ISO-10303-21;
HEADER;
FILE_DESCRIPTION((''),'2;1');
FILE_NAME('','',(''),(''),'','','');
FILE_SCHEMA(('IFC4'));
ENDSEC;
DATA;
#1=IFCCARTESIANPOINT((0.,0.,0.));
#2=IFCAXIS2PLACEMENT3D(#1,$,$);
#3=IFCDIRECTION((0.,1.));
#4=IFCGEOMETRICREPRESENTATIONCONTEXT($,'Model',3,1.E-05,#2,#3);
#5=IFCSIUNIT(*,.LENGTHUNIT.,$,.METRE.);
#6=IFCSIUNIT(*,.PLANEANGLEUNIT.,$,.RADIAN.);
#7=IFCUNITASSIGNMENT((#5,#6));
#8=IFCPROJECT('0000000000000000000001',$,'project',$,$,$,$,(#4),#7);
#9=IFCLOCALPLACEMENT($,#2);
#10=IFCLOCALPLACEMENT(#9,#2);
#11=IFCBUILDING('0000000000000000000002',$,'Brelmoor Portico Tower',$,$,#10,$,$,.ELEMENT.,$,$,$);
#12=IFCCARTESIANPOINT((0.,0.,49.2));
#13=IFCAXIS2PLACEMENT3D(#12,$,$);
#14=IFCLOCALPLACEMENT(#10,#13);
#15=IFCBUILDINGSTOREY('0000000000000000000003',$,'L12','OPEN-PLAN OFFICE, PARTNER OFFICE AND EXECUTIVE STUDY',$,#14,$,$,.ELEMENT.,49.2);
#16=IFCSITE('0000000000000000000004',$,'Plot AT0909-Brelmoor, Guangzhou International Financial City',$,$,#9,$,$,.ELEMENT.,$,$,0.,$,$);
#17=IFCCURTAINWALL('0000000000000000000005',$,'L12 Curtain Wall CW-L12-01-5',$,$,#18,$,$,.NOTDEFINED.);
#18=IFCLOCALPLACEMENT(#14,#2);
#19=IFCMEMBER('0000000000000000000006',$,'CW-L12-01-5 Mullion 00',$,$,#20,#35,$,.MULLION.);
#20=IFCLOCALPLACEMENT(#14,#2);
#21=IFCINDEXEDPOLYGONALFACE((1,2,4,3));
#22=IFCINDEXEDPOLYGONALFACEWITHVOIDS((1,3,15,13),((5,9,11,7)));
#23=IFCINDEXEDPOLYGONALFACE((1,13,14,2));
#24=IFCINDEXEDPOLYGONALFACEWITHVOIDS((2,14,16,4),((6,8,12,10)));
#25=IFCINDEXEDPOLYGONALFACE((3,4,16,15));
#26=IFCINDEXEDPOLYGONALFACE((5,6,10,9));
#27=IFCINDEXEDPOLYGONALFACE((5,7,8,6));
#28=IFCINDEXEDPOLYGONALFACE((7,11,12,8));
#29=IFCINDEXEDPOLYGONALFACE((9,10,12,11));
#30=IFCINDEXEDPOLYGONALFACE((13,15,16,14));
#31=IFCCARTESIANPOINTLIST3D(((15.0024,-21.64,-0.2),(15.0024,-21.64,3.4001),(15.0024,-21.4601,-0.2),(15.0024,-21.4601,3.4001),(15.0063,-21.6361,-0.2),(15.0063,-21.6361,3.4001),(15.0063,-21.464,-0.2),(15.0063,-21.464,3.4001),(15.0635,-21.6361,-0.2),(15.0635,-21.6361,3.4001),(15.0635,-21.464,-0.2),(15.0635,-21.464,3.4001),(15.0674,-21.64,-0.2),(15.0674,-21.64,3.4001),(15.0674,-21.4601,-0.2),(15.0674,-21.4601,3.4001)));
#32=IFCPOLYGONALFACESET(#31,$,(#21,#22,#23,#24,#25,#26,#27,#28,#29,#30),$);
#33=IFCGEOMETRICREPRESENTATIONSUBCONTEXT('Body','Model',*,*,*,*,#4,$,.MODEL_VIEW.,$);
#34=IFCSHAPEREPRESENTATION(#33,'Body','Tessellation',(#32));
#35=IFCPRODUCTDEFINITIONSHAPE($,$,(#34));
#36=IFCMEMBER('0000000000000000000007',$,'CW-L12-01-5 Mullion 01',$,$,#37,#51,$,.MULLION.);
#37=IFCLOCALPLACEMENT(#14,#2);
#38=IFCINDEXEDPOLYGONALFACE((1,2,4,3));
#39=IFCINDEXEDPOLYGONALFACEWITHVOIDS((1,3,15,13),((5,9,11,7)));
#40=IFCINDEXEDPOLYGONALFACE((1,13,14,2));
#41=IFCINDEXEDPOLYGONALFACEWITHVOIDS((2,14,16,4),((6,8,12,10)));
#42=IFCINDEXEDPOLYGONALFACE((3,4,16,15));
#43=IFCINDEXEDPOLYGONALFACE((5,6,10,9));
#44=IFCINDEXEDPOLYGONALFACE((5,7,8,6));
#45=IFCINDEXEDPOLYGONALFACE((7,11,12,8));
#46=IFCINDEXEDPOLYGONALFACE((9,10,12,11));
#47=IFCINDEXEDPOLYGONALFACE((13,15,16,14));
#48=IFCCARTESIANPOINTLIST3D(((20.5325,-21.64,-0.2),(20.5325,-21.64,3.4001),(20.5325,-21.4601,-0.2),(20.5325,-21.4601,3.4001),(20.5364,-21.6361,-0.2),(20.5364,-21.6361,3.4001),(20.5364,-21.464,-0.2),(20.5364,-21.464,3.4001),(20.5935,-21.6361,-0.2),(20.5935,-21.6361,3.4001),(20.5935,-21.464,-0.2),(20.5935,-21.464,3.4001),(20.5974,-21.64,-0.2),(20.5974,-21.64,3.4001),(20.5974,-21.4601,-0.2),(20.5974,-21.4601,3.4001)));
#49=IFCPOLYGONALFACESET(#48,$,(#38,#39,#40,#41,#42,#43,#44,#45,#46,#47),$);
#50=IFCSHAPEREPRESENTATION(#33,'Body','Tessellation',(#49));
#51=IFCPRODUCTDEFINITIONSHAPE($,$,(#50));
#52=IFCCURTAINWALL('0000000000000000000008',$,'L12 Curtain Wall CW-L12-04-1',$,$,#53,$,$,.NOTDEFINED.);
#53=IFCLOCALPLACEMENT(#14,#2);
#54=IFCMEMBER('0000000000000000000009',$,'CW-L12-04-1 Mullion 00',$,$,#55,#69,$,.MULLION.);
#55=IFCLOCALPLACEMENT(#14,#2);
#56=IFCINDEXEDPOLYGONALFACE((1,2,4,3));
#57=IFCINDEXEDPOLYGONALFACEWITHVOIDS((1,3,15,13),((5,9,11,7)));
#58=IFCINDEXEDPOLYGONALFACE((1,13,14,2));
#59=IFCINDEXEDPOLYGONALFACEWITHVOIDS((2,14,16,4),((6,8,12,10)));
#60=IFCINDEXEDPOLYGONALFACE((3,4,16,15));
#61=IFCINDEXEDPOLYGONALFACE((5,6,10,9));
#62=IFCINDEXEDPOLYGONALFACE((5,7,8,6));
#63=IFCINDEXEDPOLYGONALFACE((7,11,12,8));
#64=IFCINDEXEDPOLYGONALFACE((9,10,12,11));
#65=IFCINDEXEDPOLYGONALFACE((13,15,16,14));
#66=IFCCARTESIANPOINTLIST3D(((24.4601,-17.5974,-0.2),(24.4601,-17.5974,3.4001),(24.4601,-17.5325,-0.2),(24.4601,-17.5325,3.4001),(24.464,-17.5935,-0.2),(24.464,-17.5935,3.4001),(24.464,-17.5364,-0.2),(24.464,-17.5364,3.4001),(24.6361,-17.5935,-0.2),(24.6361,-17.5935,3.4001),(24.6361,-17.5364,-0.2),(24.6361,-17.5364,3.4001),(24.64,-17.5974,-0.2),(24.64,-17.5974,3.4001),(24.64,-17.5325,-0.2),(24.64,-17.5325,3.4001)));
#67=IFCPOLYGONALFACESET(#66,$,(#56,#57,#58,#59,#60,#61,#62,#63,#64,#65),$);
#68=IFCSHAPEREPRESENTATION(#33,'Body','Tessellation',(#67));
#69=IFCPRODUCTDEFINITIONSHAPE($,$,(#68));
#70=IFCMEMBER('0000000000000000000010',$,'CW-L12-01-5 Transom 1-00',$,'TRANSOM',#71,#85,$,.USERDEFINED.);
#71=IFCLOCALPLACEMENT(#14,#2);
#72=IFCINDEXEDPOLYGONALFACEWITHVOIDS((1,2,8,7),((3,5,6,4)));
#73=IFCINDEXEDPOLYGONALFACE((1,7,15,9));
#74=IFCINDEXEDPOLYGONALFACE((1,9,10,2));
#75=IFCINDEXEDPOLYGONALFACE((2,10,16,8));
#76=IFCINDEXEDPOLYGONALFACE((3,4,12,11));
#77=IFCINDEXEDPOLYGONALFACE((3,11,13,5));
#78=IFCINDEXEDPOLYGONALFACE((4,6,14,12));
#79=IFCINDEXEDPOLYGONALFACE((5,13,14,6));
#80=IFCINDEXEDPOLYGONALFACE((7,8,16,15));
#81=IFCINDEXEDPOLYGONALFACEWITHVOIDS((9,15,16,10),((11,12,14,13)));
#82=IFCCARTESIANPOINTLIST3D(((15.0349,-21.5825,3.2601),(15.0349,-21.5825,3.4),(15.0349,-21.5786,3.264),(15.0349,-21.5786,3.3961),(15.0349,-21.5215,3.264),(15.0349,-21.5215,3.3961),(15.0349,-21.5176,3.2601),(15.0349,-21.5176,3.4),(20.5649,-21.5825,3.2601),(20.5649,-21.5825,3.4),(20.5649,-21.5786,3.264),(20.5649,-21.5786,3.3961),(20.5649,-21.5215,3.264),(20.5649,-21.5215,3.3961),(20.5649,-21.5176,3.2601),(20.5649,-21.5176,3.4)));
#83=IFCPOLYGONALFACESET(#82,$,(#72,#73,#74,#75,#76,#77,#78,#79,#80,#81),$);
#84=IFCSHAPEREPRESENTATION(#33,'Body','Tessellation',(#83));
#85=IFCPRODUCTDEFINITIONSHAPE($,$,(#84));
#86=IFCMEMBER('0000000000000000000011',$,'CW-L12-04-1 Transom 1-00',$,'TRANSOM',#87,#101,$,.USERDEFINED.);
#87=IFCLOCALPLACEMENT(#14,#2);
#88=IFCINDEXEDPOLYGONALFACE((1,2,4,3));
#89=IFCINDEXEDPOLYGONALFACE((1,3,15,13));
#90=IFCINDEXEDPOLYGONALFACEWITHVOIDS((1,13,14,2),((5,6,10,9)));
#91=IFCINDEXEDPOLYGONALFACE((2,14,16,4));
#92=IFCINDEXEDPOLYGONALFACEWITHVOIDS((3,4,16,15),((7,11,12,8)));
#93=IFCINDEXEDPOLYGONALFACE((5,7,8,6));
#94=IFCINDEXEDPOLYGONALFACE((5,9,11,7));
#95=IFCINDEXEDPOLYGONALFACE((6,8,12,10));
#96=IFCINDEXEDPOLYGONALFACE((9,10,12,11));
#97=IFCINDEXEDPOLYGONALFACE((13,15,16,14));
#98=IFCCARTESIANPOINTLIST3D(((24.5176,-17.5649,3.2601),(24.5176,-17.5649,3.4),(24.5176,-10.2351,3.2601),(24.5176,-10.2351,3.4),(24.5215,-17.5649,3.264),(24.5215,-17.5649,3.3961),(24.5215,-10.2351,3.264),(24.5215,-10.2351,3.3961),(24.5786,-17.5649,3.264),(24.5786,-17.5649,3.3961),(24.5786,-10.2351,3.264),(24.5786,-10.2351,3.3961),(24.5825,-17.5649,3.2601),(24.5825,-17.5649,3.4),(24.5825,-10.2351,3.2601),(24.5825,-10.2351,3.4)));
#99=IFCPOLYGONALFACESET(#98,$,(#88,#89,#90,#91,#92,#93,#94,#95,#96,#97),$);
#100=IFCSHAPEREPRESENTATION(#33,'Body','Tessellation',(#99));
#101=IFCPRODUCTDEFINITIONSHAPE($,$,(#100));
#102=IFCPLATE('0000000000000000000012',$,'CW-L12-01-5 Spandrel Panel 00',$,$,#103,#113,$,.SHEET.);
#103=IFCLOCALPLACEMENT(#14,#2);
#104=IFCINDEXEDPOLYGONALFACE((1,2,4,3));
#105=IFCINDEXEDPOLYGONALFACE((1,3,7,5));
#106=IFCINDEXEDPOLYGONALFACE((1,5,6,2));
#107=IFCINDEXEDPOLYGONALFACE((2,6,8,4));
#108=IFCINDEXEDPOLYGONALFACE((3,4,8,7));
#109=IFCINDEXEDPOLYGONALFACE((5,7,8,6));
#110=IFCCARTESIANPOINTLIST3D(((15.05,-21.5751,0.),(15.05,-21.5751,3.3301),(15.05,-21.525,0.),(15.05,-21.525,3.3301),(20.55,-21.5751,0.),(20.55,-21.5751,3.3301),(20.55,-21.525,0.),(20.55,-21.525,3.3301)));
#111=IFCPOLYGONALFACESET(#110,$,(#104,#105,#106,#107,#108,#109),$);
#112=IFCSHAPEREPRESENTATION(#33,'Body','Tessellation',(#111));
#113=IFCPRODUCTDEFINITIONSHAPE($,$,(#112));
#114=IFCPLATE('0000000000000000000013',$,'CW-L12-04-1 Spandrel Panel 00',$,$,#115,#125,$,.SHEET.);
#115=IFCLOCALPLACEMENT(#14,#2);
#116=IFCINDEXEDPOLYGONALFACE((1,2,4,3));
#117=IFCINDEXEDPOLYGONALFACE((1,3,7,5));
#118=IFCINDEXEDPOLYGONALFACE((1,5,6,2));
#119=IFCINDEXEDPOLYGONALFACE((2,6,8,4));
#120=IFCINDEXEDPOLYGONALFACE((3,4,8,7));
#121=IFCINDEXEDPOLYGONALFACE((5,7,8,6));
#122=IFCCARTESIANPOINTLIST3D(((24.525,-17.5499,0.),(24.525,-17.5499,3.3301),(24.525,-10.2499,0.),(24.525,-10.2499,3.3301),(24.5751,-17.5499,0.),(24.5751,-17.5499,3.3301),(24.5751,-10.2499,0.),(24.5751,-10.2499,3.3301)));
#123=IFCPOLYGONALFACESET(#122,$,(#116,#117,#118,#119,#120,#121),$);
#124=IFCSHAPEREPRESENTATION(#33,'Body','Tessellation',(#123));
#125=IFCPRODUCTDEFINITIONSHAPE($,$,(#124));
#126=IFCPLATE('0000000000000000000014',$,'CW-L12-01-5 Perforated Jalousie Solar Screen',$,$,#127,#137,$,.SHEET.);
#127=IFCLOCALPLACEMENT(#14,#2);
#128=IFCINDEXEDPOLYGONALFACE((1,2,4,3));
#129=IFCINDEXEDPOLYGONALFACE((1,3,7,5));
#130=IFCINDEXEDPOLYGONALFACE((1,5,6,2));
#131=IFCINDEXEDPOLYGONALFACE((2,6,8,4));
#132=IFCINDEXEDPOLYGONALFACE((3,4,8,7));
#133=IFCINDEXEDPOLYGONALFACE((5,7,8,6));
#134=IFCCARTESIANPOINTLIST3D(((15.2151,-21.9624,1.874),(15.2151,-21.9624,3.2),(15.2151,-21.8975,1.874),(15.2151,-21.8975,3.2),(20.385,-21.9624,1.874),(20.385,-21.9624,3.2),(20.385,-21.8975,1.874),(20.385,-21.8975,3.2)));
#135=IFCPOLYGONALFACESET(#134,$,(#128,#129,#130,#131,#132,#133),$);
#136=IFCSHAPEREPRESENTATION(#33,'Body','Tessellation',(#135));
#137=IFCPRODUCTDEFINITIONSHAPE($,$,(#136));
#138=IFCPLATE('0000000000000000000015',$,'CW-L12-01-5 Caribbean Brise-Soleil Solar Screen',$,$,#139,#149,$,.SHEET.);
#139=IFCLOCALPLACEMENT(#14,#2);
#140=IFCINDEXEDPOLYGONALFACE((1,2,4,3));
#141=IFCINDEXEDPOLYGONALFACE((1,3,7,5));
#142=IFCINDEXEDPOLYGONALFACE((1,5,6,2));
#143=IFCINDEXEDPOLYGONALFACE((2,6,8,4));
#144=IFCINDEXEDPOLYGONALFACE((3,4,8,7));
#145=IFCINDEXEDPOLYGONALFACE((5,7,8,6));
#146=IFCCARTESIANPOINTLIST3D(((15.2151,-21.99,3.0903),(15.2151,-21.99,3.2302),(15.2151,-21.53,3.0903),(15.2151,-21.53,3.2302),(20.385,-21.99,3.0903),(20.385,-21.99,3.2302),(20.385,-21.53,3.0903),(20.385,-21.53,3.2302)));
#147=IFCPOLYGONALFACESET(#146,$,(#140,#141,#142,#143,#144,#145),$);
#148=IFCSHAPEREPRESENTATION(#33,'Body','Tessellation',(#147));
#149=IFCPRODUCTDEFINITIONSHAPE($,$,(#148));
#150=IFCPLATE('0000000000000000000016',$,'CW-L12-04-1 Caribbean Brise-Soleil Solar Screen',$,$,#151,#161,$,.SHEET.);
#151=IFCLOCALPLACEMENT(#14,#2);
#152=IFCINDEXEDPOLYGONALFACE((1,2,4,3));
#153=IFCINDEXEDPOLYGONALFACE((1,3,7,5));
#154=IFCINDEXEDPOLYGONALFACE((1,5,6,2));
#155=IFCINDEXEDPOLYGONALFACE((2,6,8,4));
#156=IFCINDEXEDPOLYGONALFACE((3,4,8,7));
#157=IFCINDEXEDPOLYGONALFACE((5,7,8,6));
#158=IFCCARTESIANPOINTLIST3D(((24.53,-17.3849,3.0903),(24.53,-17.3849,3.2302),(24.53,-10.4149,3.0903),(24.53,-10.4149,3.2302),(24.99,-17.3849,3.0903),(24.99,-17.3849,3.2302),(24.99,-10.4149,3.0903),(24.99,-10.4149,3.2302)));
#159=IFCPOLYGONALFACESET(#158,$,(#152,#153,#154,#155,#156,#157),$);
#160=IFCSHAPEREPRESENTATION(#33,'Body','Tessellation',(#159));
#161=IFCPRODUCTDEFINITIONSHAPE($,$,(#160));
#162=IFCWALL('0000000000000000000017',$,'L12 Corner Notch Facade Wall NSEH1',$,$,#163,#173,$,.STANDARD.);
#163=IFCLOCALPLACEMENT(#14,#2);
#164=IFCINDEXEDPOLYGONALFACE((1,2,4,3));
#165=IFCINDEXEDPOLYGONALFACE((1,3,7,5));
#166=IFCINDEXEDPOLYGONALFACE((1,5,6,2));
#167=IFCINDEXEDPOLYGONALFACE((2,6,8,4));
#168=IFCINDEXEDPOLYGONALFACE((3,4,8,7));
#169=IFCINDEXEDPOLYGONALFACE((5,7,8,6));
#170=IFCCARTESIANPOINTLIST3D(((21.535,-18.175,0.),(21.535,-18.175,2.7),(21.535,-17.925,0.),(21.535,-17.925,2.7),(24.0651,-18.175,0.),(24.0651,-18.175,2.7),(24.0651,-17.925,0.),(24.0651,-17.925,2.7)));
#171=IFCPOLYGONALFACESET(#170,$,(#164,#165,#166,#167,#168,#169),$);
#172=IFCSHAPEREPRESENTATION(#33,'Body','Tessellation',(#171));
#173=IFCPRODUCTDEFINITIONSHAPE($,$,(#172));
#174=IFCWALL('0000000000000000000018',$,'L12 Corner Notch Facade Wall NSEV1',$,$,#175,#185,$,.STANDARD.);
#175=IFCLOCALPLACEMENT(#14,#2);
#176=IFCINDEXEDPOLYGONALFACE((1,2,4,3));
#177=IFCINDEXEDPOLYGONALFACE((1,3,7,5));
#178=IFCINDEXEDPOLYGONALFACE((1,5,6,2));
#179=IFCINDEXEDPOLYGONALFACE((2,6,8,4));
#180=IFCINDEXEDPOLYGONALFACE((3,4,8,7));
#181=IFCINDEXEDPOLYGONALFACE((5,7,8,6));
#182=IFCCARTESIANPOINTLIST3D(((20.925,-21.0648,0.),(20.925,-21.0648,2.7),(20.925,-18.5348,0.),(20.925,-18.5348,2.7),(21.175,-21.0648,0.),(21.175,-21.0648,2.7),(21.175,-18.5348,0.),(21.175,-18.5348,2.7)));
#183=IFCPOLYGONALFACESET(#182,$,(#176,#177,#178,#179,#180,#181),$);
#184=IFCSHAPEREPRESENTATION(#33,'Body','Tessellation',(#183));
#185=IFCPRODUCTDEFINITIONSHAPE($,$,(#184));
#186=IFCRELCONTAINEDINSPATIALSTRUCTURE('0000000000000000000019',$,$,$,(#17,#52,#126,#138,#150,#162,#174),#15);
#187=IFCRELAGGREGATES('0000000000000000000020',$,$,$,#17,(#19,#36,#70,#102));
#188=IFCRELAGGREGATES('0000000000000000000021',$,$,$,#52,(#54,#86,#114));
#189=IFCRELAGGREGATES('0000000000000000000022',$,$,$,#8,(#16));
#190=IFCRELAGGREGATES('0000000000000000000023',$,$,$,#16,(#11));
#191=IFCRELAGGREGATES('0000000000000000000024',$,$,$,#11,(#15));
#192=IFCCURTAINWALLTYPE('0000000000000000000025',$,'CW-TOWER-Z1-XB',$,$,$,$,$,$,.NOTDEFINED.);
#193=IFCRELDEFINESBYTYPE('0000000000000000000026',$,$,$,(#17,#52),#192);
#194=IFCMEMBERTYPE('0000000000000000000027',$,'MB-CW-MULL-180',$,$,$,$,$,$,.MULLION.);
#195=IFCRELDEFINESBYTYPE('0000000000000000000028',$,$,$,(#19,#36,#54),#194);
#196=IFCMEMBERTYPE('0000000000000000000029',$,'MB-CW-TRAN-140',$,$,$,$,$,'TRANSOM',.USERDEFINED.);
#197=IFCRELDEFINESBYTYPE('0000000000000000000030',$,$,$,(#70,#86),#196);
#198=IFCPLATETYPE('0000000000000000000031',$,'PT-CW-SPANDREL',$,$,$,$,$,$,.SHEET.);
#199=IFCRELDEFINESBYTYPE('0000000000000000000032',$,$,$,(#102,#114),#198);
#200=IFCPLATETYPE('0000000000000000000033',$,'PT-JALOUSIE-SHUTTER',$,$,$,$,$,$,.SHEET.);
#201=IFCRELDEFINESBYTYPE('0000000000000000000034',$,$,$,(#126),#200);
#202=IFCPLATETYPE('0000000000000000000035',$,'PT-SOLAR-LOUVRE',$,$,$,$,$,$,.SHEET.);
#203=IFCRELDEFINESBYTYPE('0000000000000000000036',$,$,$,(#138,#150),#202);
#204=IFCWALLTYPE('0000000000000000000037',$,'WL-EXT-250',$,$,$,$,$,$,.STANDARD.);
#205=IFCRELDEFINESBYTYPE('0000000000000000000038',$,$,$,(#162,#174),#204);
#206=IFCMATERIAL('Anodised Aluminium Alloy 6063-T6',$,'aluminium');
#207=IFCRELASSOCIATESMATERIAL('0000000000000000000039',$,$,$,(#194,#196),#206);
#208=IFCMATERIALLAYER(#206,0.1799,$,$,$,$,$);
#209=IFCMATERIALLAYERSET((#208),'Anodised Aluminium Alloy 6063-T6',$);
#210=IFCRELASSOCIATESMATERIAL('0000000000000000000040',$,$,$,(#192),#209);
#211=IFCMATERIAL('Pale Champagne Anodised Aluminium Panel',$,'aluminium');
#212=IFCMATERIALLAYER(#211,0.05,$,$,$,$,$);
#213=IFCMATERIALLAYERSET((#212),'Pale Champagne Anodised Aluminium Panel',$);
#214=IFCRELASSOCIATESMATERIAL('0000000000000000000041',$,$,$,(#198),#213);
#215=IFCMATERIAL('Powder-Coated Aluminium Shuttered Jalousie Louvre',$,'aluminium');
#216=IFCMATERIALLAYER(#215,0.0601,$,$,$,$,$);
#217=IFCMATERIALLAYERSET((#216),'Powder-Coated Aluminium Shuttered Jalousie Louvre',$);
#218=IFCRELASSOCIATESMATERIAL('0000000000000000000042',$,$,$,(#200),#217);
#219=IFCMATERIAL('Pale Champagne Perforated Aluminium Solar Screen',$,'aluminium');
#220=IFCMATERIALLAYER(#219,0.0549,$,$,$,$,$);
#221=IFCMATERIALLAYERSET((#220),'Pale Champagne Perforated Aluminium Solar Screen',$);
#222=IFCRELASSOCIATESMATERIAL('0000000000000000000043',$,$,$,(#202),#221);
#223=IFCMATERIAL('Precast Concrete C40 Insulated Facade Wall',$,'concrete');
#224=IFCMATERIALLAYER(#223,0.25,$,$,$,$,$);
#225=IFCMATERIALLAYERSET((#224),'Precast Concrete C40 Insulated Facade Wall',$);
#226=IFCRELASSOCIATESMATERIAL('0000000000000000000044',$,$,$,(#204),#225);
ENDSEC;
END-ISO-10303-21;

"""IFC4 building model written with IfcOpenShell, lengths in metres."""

from ifc_helpers import new_model, si_unit, direction, frame, frame_2d, origin, origin_2d, place, context, subcontext, project, spatial, rectangle, hollow_rectangle, extrude, material, layer, layer_set, material_profile, profile_set, type_object, element, aggregate, save


model = new_model("IFC4")

# Units and contexts
model_context = context("Model", 3, precision=1e-05, world=origin(), true_north=direction((0.0, 1.0)))
body_context = subcontext(model_context, "Body", "Model", "MODEL_VIEW")
ifc_project = project(units=[si_unit("LENGTHUNIT", "METRE"), si_unit("PLANEANGLEUNIT", "RADIAN")], contexts=[model_context])

# Site, building, storey
site_placement = place(None, origin())
site = spatial("IfcSite", under=ifc_project, at=site_placement, Name="Plot AT0909-Brelmoor, Guangzhou International Financial City", CompositionType="ELEMENT", RefElevation=0.0)
building_placement = place(site_placement, origin())
building = spatial("IfcBuilding", under=site, at=building_placement, Name="Brelmoor Portico Tower", CompositionType="ELEMENT")
storey_placement = place(building_placement, frame((0.0, 0.0, 49.2)))
storey = spatial("IfcBuildingStorey", under=building, at=storey_placement, Name="L12", Description="OPEN-PLAN OFFICE, PARTNER OFFICE AND EXECUTIVE STUDY", CompositionType="ELEMENT", Elevation=49.2)

# Shared definitions
ifc_material_1 = material(Name="Anodised Aluminium Alloy 6063-T6", Category="aluminium")
ifc_material_profile_1 = material_profile(ifc_material_1, hollow_rectangle(XDim=0.0649, YDim=0.1799, WallThickness=0.0039, at=origin_2d()), Name="ALU MULLION 65x180")
ifc_profile_set_1 = profile_set([ifc_material_profile_1], Name="Anodised Aluminium Alloy 6063-T6")
member_type_1 = type_object("IfcMemberType", Name="MB-CW-MULL-180", PredefinedType="MULLION", material=ifc_profile_set_1)

# Curtain wall, members
ifc_layer_1 = layer(ifc_material_1, 0.1799)
ifc_layer_set_1 = layer_set([ifc_layer_1], Name="Anodised Aluminium Alloy 6063-T6")
curtain_wall_type_1 = type_object("IfcCurtainWallType", Name="CW-TOWER-Z1-XB", PredefinedType="NOTDEFINED", material=ifc_layer_set_1)
curtain_wall_1_placement = place(storey_placement, origin())
curtain_wall_1 = element("IfcCurtainWall", 1, at=curtain_wall_1_placement, inside=storey, type_object=curtain_wall_type_1, Name="L12 Curtain Wall CW-L12-01-5", PredefinedType="NOTDEFINED")
member_1_placement = place(storey_placement, frame((15.0349, -21.55, -0.2), z_axis=(0.0, 0.0, 1.0), x_axis=(1.0, 0.0, 0.0)))
member_1 = element("IfcMember", 2, at=member_1_placement, type_object=member_type_1, Name="CW-L12-01-5 Mullion 00", PredefinedType="MULLION", context=body_context, shape_type="SweptSolid", body=[
    extrude(hollow_rectangle(XDim=0.0649, YDim=0.1799, WallThickness=0.0039, at=origin_2d()), origin(), (0.0, 0.0, 1.0), 3.6001),
])
member_2_placement = place(storey_placement, frame((20.5649, -21.55, -0.2), z_axis=(0.0, 0.0, 1.0), x_axis=(1.0, 0.0, 0.0)))
member_2 = element("IfcMember", 3, at=member_2_placement, type_object=member_type_1, Name="CW-L12-01-5 Mullion 01", PredefinedType="MULLION", context=body_context, shape_type="SweptSolid", body=[
    extrude(hollow_rectangle(XDim=0.0649, YDim=0.1799, WallThickness=0.0039, at=origin_2d()), origin(), (0.0, 0.0, 1.0), 3.6001),
])

# Curtain wall, member
curtain_wall_2_placement = place(storey_placement, origin())
curtain_wall_2 = element("IfcCurtainWall", 4, at=curtain_wall_2_placement, inside=storey, type_object=curtain_wall_type_1, Name="L12 Curtain Wall CW-L12-04-1", PredefinedType="NOTDEFINED")
member_3_placement = place(storey_placement, frame((24.55, -17.5649, -0.2), z_axis=(0.0, 0.0, 1.0), x_axis=(0.0, 1.0, 0.0)))
member_3 = element("IfcMember", 5, at=member_3_placement, type_object=member_type_1, Name="CW-L12-04-1 Mullion 00", PredefinedType="MULLION", context=body_context, shape_type="SweptSolid", body=[
    extrude(hollow_rectangle(XDim=0.0649, YDim=0.1799, WallThickness=0.0039, at=origin_2d()), origin(), (0.0, 0.0, 1.0), 3.6001),
])

# Members
ifc_material_profile_2 = material_profile(ifc_material_1, hollow_rectangle(XDim=0.0649, YDim=0.1399, WallThickness=0.0039, at=origin_2d()), Name="ALU TRANSOM 65x140")
ifc_profile_set_2 = profile_set([ifc_material_profile_2], Name="Anodised Aluminium Alloy 6063-T6")
member_type_2 = type_object("IfcMemberType", Name="MB-CW-TRAN-140", ElementType="TRANSOM", PredefinedType="USERDEFINED", material=ifc_profile_set_2)
member_4_placement = place(storey_placement, frame((15.0349, -21.55, 3.3301), z_axis=(1.0, 0.0, 0.0), x_axis=(0.0, 1.0, 0.0)))
member_4 = element("IfcMember", 6, at=member_4_placement, type_object=member_type_2, Name="CW-L12-01-5 Transom 1-00", ObjectType="TRANSOM", PredefinedType="USERDEFINED", context=body_context, shape_type="SweptSolid", body=[
    extrude(hollow_rectangle(XDim=0.0649, YDim=0.1399, WallThickness=0.0039, at=origin_2d()), origin(), (0.0, 0.0, 1.0), 5.53),
])
member_5_placement = place(storey_placement, frame((24.55, -17.5649, 3.3301), z_axis=(0.0, 1.0, 0.0), x_axis=(-1.0, 0.0, 0.0)))
member_5 = element("IfcMember", 7, at=member_5_placement, type_object=member_type_2, Name="CW-L12-04-1 Transom 1-00", ObjectType="TRANSOM", PredefinedType="USERDEFINED", context=body_context, shape_type="SweptSolid", body=[
    extrude(hollow_rectangle(XDim=0.0649, YDim=0.1399, WallThickness=0.0039, at=origin_2d()), origin(), (0.0, 0.0, 1.0), 7.3298),
])

# Plates
ifc_material_2 = material(Name="Pale Champagne Anodised Aluminium Panel", Category="aluminium")
ifc_layer_2 = layer(ifc_material_2, 0.05)
ifc_layer_set_2 = layer_set([ifc_layer_2], Name="Pale Champagne Anodised Aluminium Panel")
plate_type_1 = type_object("IfcPlateType", Name="PT-CW-SPANDREL", PredefinedType="SHEET", material=ifc_layer_set_2)
plate_1_placement = place(storey_placement, frame((17.8, -21.55, 0.0), z_axis=(0.0, 0.0, 1.0), x_axis=(1.0, 0.0, 0.0)))
plate_1 = element("IfcPlate", 8, at=plate_1_placement, type_object=plate_type_1, Name="CW-L12-01-5 Spandrel Panel 00", PredefinedType="SHEET", context=body_context, shape_type="SweptSolid", body=[
    extrude(rectangle(XDim=5.5, YDim=0.05, at=origin_2d()), origin(), (0.0, 0.0, 1.0), 3.3301),
])
aggregate(curtain_wall_1, [member_1, member_2, member_4, plate_1])
plate_2_placement = place(storey_placement, frame((24.55, -13.8999, 0.0), z_axis=(0.0, 0.0, 1.0), x_axis=(0.0, 1.0, 0.0)))
plate_2 = element("IfcPlate", 9, at=plate_2_placement, type_object=plate_type_1, Name="CW-L12-04-1 Spandrel Panel 00", PredefinedType="SHEET", context=body_context, shape_type="SweptSolid", body=[
    extrude(rectangle(XDim=7.3, YDim=0.05, at=origin_2d()), origin(), (0.0, 0.0, 1.0), 3.3301),
])
aggregate(curtain_wall_2, [member_3, member_5, plate_2])

# Plates
ifc_material_3 = material(Name="Powder-Coated Aluminium Shuttered Jalousie Louvre", Category="aluminium")
ifc_layer_3 = layer(ifc_material_3, 0.0601)
ifc_layer_set_3 = layer_set([ifc_layer_3], Name="Powder-Coated Aluminium Shuttered Jalousie Louvre")
plate_type_2 = type_object("IfcPlateType", Name="PT-JALOUSIE-SHUTTER", PredefinedType="SHEET", material=ifc_layer_set_3)
plate_3_placement = place(storey_placement, frame((17.8, -21.9299, 1.874), z_axis=(0.0, 0.0, 1.0), x_axis=(1.0, 0.0, 0.0)))
element("IfcPlate", 10, at=plate_3_placement, inside=storey, type_object=plate_type_2, Name="CW-L12-01-5 Perforated Jalousie Solar Screen", PredefinedType="SHEET", context=body_context, shape_type="SweptSolid", body=[
    extrude(rectangle(XDim=5.1699, YDim=0.0649, at=origin_2d()), origin(), (0.0, 0.0, 1.0), 1.3259),
])
ifc_material_4 = material(Name="Pale Champagne Perforated Aluminium Solar Screen", Category="aluminium")
ifc_layer_4 = layer(ifc_material_4, 0.0549)
ifc_layer_set_4 = layer_set([ifc_layer_4], Name="Pale Champagne Perforated Aluminium Solar Screen")
plate_type_3 = type_object("IfcPlateType", Name="PT-SOLAR-LOUVRE", PredefinedType="SHEET", material=ifc_layer_set_4)
plate_4_placement = place(storey_placement, frame((17.8, -21.76, 3.0903), z_axis=(0.0, 0.0, 1.0), x_axis=(1.0, 0.0, 0.0)))
element("IfcPlate", 11, at=plate_4_placement, inside=storey, type_object=plate_type_3, Name="CW-L12-01-5 Caribbean Brise-Soleil Solar Screen", PredefinedType="SHEET", context=body_context, shape_type="SweptSolid", body=[
    extrude(rectangle(XDim=5.1699, YDim=0.46, at=origin_2d()), origin(), (0.0, 0.0, 1.0), 0.1399),
])
plate_5_placement = place(storey_placement, frame((24.76, -13.8999, 3.0903), z_axis=(0.0, 0.0, 1.0), x_axis=(0.0, 1.0, 0.0)))
element("IfcPlate", 12, at=plate_5_placement, inside=storey, type_object=plate_type_3, Name="CW-L12-04-1 Caribbean Brise-Soleil Solar Screen", PredefinedType="SHEET", context=body_context, shape_type="SweptSolid", body=[
    extrude(rectangle(XDim=6.97, YDim=0.46, at=origin_2d()), origin(), (0.0, 0.0, 1.0), 0.1399),
])

# Walls
ifc_material_5 = material(Name="Precast Concrete C40 Insulated Facade Wall", Category="concrete")
ifc_layer_5 = layer(ifc_material_5, 0.25)
ifc_layer_set_5 = layer_set([ifc_layer_5], Name="Precast Concrete C40 Insulated Facade Wall")
wall_type = type_object("IfcWallType", Name="WL-EXT-250", PredefinedType="STANDARD", material=ifc_layer_set_5)
for number, where, z_axis, x_axis, name in (
    (13, (21.5349, -18.05, 0.0), (0.0, 0.0, 1.0), (1.0, 0.0, 0.0), "L12 Corner Notch Facade Wall NSEH1"),
    (14, (21.05, -21.0649, 0.0), (0.0, 0.0, 1.0), (0.0, 1.0, 0.0), "L12 Corner Notch Facade Wall NSEV1"),
):
    element("IfcWall", number, at=place(storey_placement, frame(where, z_axis=z_axis, x_axis=x_axis)), inside=storey, type_object=wall_type, Name=name, PredefinedType="STANDARD", context=body_context, shape_type="SweptSolid", body=[
        extrude(rectangle(XDim=2.53, YDim=0.25, at=frame_2d((1.2651, 0.0))), origin(), (0.0, 0.0, 1.0), 2.7),
    ])

save(model, "model.ifc")
